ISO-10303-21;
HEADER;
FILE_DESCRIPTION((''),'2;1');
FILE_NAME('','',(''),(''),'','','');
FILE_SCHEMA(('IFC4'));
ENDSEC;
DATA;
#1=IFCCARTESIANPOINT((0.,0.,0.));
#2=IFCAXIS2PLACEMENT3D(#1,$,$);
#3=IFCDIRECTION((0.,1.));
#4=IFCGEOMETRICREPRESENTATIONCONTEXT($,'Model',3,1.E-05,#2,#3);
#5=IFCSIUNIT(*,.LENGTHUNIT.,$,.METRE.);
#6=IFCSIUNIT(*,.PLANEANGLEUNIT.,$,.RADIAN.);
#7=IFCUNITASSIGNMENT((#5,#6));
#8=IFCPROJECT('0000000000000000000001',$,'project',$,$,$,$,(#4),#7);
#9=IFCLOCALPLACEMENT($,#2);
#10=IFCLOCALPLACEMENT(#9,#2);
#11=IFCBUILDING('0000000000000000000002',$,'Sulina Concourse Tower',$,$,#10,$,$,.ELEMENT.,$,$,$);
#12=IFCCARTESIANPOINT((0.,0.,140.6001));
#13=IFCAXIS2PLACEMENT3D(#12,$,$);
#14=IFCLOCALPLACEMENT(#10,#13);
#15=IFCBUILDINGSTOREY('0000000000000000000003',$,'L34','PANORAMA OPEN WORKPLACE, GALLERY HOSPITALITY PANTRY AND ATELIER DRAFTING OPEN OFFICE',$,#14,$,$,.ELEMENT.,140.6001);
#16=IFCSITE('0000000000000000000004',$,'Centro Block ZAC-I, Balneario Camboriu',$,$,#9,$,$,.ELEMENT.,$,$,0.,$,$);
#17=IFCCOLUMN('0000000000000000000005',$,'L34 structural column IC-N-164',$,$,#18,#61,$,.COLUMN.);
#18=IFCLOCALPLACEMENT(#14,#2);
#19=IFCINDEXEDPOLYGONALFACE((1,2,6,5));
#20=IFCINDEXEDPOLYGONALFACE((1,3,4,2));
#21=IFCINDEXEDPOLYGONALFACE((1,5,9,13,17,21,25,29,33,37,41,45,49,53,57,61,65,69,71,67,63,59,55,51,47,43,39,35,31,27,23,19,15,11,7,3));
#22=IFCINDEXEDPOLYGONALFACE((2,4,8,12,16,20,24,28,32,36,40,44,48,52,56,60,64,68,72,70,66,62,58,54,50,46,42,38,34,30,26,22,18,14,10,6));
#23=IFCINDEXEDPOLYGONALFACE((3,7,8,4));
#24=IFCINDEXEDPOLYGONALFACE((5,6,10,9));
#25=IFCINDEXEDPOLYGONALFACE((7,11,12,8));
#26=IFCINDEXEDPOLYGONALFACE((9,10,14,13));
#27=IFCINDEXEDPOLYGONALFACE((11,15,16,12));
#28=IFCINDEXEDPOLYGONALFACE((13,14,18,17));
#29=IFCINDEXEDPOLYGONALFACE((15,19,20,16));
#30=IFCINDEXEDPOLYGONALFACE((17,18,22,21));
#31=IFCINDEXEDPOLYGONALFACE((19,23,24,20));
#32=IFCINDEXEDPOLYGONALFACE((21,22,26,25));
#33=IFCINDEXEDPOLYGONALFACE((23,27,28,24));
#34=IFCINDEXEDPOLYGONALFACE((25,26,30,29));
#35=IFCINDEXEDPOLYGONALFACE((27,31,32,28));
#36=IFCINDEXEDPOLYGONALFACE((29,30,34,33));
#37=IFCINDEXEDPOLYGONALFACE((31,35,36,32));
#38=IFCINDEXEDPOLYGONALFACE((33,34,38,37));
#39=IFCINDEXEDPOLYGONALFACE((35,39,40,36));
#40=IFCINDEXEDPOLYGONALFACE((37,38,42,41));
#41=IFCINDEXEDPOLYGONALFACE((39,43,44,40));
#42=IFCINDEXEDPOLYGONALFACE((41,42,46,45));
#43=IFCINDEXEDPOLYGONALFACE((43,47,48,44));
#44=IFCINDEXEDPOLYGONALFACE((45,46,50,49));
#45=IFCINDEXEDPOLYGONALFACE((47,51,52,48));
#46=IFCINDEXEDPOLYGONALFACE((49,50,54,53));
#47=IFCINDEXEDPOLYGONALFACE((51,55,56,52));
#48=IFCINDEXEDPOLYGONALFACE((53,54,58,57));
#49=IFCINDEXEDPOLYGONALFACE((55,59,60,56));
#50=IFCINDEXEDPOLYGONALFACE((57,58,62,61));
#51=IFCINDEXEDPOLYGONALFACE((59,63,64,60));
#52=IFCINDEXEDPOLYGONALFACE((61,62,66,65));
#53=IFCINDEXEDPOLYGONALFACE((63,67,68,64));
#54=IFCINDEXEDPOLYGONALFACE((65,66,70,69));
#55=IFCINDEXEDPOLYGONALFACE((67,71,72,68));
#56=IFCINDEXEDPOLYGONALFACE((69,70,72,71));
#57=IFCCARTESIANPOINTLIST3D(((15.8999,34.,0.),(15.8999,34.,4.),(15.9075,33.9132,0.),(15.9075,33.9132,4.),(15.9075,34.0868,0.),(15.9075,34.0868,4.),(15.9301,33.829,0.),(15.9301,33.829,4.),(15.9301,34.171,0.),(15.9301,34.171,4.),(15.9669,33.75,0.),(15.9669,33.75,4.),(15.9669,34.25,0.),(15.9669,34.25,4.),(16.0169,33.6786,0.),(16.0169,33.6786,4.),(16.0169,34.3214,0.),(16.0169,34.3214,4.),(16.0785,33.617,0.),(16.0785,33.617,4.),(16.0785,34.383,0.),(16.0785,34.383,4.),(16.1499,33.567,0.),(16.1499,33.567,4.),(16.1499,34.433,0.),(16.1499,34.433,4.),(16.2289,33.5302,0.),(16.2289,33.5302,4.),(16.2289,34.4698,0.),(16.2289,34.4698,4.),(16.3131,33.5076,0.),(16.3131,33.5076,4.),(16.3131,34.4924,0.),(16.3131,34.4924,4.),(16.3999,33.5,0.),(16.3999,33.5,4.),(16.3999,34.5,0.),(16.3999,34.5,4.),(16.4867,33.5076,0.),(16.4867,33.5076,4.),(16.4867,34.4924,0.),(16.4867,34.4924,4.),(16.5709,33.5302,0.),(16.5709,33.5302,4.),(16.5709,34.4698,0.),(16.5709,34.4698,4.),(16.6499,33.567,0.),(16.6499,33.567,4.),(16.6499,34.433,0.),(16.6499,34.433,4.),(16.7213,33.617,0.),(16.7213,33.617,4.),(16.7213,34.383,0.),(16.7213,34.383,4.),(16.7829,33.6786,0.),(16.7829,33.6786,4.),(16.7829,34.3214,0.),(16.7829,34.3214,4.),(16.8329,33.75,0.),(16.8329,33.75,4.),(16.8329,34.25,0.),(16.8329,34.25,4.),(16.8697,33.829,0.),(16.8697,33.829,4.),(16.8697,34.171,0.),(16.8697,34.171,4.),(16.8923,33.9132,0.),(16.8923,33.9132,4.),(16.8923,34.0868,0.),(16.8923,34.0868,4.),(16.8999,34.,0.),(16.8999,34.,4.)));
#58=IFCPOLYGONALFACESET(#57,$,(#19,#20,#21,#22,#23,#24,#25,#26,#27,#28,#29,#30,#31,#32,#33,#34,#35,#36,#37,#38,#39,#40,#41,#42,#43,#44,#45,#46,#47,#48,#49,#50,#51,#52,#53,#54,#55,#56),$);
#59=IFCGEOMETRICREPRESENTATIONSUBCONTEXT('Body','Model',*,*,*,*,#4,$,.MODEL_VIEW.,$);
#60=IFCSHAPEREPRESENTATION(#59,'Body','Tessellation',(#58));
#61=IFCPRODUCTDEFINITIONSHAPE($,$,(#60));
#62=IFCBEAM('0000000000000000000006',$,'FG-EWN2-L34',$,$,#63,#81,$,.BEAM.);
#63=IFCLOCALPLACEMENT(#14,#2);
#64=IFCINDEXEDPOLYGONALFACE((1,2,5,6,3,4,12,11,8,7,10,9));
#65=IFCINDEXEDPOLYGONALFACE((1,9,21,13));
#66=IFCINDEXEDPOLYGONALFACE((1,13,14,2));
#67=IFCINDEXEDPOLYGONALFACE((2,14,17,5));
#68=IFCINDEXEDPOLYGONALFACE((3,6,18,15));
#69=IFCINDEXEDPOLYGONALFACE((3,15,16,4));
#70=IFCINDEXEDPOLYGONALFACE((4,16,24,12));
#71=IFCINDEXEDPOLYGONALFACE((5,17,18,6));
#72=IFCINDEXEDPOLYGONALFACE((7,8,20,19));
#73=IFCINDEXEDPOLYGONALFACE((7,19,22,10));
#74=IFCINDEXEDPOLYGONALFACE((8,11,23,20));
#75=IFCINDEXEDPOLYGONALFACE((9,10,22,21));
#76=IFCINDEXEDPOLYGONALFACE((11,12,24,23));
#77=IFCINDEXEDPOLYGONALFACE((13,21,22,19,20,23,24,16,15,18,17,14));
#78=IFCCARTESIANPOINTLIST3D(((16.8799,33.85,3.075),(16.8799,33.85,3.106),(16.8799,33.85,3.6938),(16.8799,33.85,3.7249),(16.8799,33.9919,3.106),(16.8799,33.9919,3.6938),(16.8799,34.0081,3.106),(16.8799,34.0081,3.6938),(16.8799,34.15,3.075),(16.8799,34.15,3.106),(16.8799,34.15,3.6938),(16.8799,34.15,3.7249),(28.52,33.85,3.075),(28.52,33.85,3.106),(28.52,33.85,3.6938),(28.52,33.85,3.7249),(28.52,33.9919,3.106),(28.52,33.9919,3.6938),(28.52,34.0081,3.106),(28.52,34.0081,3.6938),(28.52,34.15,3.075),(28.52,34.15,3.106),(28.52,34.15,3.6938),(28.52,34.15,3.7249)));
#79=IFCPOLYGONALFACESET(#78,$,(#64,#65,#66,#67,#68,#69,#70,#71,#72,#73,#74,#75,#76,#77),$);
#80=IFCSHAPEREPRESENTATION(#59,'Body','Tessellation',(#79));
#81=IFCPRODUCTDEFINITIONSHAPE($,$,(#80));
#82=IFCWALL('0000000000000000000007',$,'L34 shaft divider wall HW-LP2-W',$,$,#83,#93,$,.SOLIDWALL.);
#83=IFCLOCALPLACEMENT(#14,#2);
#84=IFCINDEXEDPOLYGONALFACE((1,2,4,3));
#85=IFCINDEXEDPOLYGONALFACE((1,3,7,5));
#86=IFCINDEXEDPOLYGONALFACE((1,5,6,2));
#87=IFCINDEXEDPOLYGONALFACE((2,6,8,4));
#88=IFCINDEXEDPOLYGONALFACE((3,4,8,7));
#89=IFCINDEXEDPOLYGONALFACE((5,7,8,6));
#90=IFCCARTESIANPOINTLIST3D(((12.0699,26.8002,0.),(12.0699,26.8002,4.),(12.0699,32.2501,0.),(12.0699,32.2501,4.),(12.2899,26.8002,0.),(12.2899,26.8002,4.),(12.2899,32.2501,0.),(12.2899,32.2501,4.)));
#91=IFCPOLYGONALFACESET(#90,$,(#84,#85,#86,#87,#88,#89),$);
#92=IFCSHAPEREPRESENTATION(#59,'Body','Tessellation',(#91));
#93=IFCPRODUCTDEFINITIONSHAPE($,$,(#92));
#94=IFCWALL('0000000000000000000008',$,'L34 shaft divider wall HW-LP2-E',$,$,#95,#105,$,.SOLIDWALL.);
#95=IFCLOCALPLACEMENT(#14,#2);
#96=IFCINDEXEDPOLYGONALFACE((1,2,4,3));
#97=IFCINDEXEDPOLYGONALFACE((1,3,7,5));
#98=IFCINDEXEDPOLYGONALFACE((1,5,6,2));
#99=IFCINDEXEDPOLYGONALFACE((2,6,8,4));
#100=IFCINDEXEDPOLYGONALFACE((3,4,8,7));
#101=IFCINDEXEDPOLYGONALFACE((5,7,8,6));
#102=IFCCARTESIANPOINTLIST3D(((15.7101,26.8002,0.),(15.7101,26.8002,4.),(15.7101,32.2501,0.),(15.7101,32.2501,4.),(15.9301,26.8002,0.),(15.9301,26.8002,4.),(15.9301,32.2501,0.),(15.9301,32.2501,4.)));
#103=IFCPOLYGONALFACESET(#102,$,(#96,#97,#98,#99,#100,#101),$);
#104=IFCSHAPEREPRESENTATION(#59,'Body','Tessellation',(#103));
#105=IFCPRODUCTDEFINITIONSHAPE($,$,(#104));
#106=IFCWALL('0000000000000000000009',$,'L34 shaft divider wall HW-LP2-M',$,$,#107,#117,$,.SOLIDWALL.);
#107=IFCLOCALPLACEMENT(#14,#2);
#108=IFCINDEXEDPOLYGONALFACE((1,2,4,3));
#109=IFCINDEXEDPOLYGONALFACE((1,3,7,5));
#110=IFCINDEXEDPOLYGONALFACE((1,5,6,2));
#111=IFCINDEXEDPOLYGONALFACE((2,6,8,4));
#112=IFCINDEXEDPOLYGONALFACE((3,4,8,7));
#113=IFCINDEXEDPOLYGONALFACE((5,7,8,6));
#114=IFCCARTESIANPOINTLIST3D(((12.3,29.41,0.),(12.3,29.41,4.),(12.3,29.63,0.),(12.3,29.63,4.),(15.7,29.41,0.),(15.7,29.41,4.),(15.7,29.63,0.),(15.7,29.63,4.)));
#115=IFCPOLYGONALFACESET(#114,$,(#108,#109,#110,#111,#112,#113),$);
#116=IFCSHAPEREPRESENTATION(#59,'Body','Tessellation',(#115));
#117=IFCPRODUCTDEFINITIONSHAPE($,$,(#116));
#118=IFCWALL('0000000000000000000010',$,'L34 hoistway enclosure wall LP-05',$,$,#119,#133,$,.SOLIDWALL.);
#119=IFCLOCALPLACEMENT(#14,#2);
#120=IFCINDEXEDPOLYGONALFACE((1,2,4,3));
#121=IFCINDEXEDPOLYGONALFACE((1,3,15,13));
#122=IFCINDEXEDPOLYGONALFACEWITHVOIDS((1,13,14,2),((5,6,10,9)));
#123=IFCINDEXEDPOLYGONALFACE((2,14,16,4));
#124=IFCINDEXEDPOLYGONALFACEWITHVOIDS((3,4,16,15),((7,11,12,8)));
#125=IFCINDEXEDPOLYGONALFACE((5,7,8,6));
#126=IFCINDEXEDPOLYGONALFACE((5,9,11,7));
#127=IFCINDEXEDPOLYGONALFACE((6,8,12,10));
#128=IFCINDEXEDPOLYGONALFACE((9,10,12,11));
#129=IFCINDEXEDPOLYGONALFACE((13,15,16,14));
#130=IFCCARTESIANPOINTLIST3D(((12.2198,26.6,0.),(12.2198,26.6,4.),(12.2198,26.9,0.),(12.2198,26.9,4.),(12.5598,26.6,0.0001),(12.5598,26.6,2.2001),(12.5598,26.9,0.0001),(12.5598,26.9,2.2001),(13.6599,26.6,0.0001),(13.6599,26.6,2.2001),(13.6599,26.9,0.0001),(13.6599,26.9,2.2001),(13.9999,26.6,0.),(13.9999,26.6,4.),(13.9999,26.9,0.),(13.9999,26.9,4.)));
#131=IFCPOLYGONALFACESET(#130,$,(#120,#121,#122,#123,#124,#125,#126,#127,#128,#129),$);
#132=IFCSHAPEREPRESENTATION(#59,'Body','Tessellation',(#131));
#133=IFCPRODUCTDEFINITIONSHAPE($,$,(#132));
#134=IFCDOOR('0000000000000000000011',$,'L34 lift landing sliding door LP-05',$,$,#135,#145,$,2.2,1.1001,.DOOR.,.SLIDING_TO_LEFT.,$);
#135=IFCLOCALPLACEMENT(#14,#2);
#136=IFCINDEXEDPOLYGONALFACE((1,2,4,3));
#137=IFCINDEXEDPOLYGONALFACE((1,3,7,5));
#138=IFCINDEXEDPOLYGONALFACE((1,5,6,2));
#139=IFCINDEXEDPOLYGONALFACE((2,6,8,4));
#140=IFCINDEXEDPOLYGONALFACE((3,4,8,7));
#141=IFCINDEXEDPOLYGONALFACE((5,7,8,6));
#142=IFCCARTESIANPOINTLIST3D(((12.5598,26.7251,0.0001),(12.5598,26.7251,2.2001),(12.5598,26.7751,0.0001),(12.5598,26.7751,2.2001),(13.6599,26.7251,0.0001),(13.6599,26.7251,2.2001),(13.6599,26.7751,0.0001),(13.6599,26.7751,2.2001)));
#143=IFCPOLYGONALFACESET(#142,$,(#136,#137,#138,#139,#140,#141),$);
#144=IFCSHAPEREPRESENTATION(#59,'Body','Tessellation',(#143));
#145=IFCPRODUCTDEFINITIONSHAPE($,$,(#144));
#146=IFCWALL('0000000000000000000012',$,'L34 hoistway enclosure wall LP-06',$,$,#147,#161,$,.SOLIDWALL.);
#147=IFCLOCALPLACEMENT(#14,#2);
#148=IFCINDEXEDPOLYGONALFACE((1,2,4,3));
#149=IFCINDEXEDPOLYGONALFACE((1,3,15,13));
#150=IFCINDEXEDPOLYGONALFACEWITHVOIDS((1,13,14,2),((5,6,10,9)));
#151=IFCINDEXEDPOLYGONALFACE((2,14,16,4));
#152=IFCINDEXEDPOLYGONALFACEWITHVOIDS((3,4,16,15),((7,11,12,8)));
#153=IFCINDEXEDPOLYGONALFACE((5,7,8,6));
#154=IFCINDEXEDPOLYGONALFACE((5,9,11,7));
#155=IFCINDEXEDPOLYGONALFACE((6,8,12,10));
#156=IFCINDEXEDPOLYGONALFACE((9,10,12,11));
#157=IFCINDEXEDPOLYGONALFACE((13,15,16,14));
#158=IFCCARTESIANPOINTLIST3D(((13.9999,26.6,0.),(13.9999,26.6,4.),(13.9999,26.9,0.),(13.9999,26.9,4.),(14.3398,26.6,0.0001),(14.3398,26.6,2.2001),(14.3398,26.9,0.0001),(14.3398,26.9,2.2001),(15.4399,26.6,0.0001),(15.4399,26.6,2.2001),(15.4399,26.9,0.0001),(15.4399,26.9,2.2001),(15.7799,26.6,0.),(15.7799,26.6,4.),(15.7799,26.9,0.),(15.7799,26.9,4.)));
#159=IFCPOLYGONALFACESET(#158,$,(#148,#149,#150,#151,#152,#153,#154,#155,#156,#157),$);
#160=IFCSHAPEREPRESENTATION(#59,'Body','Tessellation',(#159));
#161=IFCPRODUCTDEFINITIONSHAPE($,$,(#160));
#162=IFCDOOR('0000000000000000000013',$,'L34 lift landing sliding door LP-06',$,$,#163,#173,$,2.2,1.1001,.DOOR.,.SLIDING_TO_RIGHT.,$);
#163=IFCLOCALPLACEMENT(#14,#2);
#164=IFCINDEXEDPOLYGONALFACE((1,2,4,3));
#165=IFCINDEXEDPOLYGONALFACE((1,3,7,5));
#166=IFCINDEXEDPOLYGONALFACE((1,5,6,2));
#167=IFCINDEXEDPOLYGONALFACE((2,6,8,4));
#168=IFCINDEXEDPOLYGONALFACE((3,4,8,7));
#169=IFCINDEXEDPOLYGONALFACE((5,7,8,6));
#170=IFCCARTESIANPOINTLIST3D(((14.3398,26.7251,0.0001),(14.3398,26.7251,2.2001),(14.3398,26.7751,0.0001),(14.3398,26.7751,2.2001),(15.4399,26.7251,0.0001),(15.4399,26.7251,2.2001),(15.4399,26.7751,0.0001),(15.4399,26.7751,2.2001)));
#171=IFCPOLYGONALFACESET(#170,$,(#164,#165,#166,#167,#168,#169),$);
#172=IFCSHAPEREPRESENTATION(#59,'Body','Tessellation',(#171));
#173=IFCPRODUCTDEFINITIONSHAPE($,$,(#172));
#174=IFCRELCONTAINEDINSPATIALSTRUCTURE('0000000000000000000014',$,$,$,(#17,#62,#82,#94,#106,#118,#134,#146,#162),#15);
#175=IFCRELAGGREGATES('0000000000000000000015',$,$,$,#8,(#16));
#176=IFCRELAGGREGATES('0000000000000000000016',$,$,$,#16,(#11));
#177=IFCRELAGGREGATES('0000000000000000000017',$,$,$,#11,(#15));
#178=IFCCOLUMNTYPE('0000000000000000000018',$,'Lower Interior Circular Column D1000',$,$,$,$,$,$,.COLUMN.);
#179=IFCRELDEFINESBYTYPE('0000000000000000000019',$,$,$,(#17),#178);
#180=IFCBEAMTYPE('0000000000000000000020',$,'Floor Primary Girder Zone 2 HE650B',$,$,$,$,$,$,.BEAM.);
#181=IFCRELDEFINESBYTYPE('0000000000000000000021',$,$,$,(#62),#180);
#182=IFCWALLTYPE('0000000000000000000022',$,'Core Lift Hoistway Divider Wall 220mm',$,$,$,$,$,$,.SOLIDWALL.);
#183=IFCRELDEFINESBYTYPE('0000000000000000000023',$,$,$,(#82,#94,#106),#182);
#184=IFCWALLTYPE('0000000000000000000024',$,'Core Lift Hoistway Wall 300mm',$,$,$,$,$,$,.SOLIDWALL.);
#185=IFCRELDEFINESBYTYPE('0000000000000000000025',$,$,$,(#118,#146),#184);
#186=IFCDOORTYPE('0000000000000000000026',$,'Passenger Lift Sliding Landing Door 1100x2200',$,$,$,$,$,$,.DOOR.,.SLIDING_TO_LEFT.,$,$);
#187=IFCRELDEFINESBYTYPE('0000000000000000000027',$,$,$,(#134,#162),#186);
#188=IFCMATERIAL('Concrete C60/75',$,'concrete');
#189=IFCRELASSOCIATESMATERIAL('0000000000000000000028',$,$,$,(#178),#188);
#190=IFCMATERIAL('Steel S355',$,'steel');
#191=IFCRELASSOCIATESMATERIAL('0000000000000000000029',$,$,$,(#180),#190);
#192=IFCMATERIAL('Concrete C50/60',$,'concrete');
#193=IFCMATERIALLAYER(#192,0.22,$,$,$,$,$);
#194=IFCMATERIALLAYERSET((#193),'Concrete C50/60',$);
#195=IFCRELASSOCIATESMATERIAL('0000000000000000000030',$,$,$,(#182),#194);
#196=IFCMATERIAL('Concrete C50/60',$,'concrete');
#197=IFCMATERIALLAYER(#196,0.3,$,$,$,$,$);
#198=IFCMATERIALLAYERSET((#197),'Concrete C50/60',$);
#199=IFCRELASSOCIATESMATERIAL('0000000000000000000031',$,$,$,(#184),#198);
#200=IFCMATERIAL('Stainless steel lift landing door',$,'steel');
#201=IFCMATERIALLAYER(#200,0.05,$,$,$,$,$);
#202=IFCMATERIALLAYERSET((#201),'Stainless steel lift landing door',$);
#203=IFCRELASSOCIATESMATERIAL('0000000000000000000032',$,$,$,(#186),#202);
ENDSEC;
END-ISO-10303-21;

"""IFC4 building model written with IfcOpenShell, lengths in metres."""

from ifc_helpers import new_model, si_unit, direction, frame, frame_2d, origin, origin_2d, place, context, subcontext, project, spatial, rectangle, circle, i_section, extrude, material, layer, layer_set, material_profile, profile_set, type_object, element, fill, save


model = new_model("IFC4")

# Units and contexts
model_context = context("Model", 3, precision=1e-05, world=origin(), true_north=direction((0.0, 1.0)))
body_context = subcontext(model_context, "Body", "Model", "MODEL_VIEW")
ifc_project = project(units=[si_unit("LENGTHUNIT", "METRE"), si_unit("PLANEANGLEUNIT", "RADIAN")], contexts=[model_context])

# Site, building, storey
site_placement = place(None, origin())
site = spatial("IfcSite", under=ifc_project, at=site_placement, Name="Centro Block ZAC-I, Balneario Camboriu", CompositionType="ELEMENT", RefElevation=0.0)
building_placement = place(site_placement, origin())
building = spatial("IfcBuilding", under=site, at=building_placement, Name="Sulina Concourse Tower", CompositionType="ELEMENT")
storey_placement = place(building_placement, frame((0.0, 0.0, 140.6001)))
storey = spatial("IfcBuildingStorey", under=building, at=storey_placement, Name="L34", Description="PANORAMA OPEN WORKPLACE, GALLERY HOSPITALITY PANTRY AND ATELIER DRAFTING OPEN OFFICE", CompositionType="ELEMENT", Elevation=140.6001)

# Column
ifc_material_1 = material(Name="Concrete C60/75", Category="concrete")
ifc_material_profile_1 = material_profile(ifc_material_1, circle(Radius=0.5, at=origin_2d()), Name="RC D1000")
ifc_profile_set_1 = profile_set([ifc_material_profile_1], Name="Concrete C60/75")
column_type = type_object("IfcColumnType", Name="Lower Interior Circular Column D1000", PredefinedType="COLUMN", material=ifc_profile_set_1)
column_placement = place(storey_placement, frame((16.3999, 34.0, 0.0), z_axis=(0.0, 0.0, 1.0), x_axis=(1.0, 0.0, 0.0)))
element("IfcColumn", 1, at=column_placement, inside=storey, type_object=column_type, Name="L34 structural column IC-N-164", PredefinedType="COLUMN", context=body_context, shape_type="SweptSolid", body=[
    extrude(circle(Radius=0.5, at=origin_2d()), origin(), (0.0, 0.0, 1.0), 4.0),
])

# Beam
ifc_material_2 = material(Name="Steel S355", Category="steel")
ifc_material_profile_2 = material_profile(ifc_material_2, i_section(OverallWidth=0.3, OverallDepth=0.6499, WebThickness=0.0161, FlangeThickness=0.031, at=origin_2d()), Name="HE 650 B")
ifc_profile_set_2 = profile_set([ifc_material_profile_2], Name="Steel S355")
beam_type = type_object("IfcBeamType", Name="Floor Primary Girder Zone 2 HE650B", PredefinedType="BEAM", material=ifc_profile_set_2)
beam_placement = place(storey_placement, frame((16.8799, 34.0, 3.3999), z_axis=(1.0, 0.0, 0.0), x_axis=(0.0, 1.0, 0.0)))
element("IfcBeam", 2, at=beam_placement, inside=storey, type_object=beam_type, Name="FG-EWN2-L34", PredefinedType="BEAM", context=body_context, shape_type="SweptSolid", body=[
    extrude(i_section(OverallWidth=0.3, OverallDepth=0.6499, WebThickness=0.0161, FlangeThickness=0.031, at=origin_2d()), origin(), (0.0, 0.0, 1.0), 11.6401),
])

# Walls
ifc_material_3 = material(Name="Concrete C50/60", Category="concrete")
ifc_layer_1 = layer(ifc_material_3, 0.22)
ifc_layer_set_1 = layer_set([ifc_layer_1], Name="Concrete C50/60")
wall_type_1 = type_object("IfcWallType", Name="Core Lift Hoistway Divider Wall 220mm", PredefinedType="SOLIDWALL", material=ifc_layer_set_1)
for number, where, z_axis, x_axis, name in (
    (3, (12.1799, 26.8, 0.0), (0.0, 0.0, 1.0), (0.0, 1.0, 0.0), "L34 shaft divider wall HW-LP2-W"),
    (4, (15.8201, 26.8, 0.0), (0.0, 0.0, 1.0), (0.0, 1.0, 0.0), "L34 shaft divider wall HW-LP2-E"),
):
    element("IfcWall", number, at=place(storey_placement, frame(where, z_axis=z_axis, x_axis=x_axis)), inside=storey, type_object=wall_type_1, Name=name, PredefinedType="SOLIDWALL", context=body_context, shape_type="SweptSolid", body=[
        extrude(rectangle(XDim=5.45, YDim=0.22, at=frame_2d((2.7251, 0.0))), origin(), (0.0, 0.0, 1.0), 4.0),
    ])
wall_1_placement = place(storey_placement, frame((12.3, 29.52, 0.0), z_axis=(0.0, 0.0, 1.0), x_axis=(1.0, 0.0, 0.0)))
element("IfcWall", 5, at=wall_1_placement, inside=storey, type_object=wall_type_1, Name="L34 shaft divider wall HW-LP2-M", PredefinedType="SOLIDWALL", context=body_context, shape_type="SweptSolid", body=[
    extrude(rectangle(XDim=3.3999, YDim=0.22, at=frame_2d((1.7, 0.0))), origin(), (0.0, 0.0, 1.0), 4.0),
])

# Walls, openings, doors
ifc_material_4 = material(Name="Concrete C50/60", Category="concrete")
ifc_layer_2 = layer(ifc_material_4, 0.3)
ifc_layer_set_2 = layer_set([ifc_layer_2], Name="Concrete C50/60")
wall_type_2 = type_object("IfcWallType", Name="Core Lift Hoistway Wall 300mm", PredefinedType="SOLIDWALL", material=ifc_layer_set_2)
wall_2_placement = place(storey_placement, frame((14.0, 26.75, 0.0), z_axis=(0.0, 0.0, 1.0), x_axis=(-1.0, 0.0, 0.0)))
wall_2 = element("IfcWall", 6, at=wall_2_placement, inside=storey, type_object=wall_type_2, Name="L34 hoistway enclosure wall LP-05", PredefinedType="SOLIDWALL", context=body_context, shape_type="SweptSolid", body=[
    extrude(rectangle(XDim=1.78, YDim=0.3, at=frame_2d((0.8901, 0.0))), origin(), (0.0, 0.0, 1.0), 4.0),
])
opening_1_placement = place(wall_2_placement, frame((0.3401, 0.0, 0.0)))
opening_1 = element("IfcOpeningElement", 7, at=opening_1_placement, cuts=wall_2, PredefinedType="OPENING", context=body_context, shape_type="SweptSolid", body=[
    extrude(rectangle(XDim=1.1001, YDim=2.2, at=frame_2d((0.55, 1.1001))), frame((0.0, 0.1599, 0.0), z_axis=(0.0, -1.0, 0.0), x_axis=(1.0, 0.0, 0.0)), (0.0, 0.0, 1.0), 0.3201),
])
ifc_material_5 = material(Name="Stainless steel lift landing door", Category="steel")
ifc_layer_3 = layer(ifc_material_5, 0.05)
ifc_layer_set_3 = layer_set([ifc_layer_3], Name="Stainless steel lift landing door")
door_type_1 = type_object("IfcDoorType", Name="Passenger Lift Sliding Landing Door 1100x2200", OperationType="SLIDING_TO_LEFT", PredefinedType="DOOR", material=ifc_layer_set_3)
door_1_placement = place(opening_1_placement, origin())
door_1 = element("IfcDoor", 8, at=door_1_placement, inside=storey, type_object=door_type_1, Name="L34 lift landing sliding door LP-05", OperationType="SLIDING_TO_LEFT", OverallHeight=2.2, OverallWidth=1.1001, PredefinedType="DOOR", context=body_context, shape_type="SweptSolid", body=[
    extrude(rectangle(XDim=1.1001, YDim=2.2, at=frame_2d((0.55, 1.1001))), frame((0.0, 0.0249, 0.0), z_axis=(0.0, -1.0, 0.0), x_axis=(1.0, 0.0, 0.0)), (0.0, 0.0, 1.0), 0.05),
])
fill(opening_1, door_1)
wall_3_placement = place(storey_placement, frame((15.78, 26.75, 0.0), z_axis=(0.0, 0.0, 1.0), x_axis=(-1.0, 0.0, 0.0)))
wall_3 = element("IfcWall", 9, at=wall_3_placement, inside=storey, type_object=wall_type_2, Name="L34 hoistway enclosure wall LP-06", PredefinedType="SOLIDWALL", context=body_context, shape_type="SweptSolid", body=[
    extrude(rectangle(XDim=1.78, YDim=0.3, at=frame_2d((0.8901, 0.0))), origin(), (0.0, 0.0, 1.0), 4.0),
])
opening_2_placement = place(wall_3_placement, frame((0.3401, 0.0, 0.0)))
opening_2 = element("IfcOpeningElement", 10, at=opening_2_placement, cuts=wall_3, PredefinedType="OPENING", context=body_context, shape_type="SweptSolid", body=[
    extrude(rectangle(XDim=1.1001, YDim=2.2, at=frame_2d((0.55, 1.1001))), frame((0.0, 0.1599, 0.0), z_axis=(0.0, -1.0, 0.0), x_axis=(1.0, 0.0, 0.0)), (0.0, 0.0, 1.0), 0.3201),
])
door_2_placement = place(opening_2_placement, origin())
door_2 = element("IfcDoor", 11, at=door_2_placement, inside=storey, type_object=door_type_1, Name="L34 lift landing sliding door LP-06", OperationType="SLIDING_TO_RIGHT", OverallHeight=2.2, OverallWidth=1.1001, PredefinedType="DOOR", context=body_context, shape_type="SweptSolid", body=[
    extrude(rectangle(XDim=1.1001, YDim=2.2, at=frame_2d((0.55, 1.1001))), frame((0.0, 0.0249, 0.0), z_axis=(0.0, -1.0, 0.0), x_axis=(1.0, 0.0, 0.0)), (0.0, 0.0, 1.0), 0.05),
])
fill(opening_2, door_2)

save(model, "model.ifc")
